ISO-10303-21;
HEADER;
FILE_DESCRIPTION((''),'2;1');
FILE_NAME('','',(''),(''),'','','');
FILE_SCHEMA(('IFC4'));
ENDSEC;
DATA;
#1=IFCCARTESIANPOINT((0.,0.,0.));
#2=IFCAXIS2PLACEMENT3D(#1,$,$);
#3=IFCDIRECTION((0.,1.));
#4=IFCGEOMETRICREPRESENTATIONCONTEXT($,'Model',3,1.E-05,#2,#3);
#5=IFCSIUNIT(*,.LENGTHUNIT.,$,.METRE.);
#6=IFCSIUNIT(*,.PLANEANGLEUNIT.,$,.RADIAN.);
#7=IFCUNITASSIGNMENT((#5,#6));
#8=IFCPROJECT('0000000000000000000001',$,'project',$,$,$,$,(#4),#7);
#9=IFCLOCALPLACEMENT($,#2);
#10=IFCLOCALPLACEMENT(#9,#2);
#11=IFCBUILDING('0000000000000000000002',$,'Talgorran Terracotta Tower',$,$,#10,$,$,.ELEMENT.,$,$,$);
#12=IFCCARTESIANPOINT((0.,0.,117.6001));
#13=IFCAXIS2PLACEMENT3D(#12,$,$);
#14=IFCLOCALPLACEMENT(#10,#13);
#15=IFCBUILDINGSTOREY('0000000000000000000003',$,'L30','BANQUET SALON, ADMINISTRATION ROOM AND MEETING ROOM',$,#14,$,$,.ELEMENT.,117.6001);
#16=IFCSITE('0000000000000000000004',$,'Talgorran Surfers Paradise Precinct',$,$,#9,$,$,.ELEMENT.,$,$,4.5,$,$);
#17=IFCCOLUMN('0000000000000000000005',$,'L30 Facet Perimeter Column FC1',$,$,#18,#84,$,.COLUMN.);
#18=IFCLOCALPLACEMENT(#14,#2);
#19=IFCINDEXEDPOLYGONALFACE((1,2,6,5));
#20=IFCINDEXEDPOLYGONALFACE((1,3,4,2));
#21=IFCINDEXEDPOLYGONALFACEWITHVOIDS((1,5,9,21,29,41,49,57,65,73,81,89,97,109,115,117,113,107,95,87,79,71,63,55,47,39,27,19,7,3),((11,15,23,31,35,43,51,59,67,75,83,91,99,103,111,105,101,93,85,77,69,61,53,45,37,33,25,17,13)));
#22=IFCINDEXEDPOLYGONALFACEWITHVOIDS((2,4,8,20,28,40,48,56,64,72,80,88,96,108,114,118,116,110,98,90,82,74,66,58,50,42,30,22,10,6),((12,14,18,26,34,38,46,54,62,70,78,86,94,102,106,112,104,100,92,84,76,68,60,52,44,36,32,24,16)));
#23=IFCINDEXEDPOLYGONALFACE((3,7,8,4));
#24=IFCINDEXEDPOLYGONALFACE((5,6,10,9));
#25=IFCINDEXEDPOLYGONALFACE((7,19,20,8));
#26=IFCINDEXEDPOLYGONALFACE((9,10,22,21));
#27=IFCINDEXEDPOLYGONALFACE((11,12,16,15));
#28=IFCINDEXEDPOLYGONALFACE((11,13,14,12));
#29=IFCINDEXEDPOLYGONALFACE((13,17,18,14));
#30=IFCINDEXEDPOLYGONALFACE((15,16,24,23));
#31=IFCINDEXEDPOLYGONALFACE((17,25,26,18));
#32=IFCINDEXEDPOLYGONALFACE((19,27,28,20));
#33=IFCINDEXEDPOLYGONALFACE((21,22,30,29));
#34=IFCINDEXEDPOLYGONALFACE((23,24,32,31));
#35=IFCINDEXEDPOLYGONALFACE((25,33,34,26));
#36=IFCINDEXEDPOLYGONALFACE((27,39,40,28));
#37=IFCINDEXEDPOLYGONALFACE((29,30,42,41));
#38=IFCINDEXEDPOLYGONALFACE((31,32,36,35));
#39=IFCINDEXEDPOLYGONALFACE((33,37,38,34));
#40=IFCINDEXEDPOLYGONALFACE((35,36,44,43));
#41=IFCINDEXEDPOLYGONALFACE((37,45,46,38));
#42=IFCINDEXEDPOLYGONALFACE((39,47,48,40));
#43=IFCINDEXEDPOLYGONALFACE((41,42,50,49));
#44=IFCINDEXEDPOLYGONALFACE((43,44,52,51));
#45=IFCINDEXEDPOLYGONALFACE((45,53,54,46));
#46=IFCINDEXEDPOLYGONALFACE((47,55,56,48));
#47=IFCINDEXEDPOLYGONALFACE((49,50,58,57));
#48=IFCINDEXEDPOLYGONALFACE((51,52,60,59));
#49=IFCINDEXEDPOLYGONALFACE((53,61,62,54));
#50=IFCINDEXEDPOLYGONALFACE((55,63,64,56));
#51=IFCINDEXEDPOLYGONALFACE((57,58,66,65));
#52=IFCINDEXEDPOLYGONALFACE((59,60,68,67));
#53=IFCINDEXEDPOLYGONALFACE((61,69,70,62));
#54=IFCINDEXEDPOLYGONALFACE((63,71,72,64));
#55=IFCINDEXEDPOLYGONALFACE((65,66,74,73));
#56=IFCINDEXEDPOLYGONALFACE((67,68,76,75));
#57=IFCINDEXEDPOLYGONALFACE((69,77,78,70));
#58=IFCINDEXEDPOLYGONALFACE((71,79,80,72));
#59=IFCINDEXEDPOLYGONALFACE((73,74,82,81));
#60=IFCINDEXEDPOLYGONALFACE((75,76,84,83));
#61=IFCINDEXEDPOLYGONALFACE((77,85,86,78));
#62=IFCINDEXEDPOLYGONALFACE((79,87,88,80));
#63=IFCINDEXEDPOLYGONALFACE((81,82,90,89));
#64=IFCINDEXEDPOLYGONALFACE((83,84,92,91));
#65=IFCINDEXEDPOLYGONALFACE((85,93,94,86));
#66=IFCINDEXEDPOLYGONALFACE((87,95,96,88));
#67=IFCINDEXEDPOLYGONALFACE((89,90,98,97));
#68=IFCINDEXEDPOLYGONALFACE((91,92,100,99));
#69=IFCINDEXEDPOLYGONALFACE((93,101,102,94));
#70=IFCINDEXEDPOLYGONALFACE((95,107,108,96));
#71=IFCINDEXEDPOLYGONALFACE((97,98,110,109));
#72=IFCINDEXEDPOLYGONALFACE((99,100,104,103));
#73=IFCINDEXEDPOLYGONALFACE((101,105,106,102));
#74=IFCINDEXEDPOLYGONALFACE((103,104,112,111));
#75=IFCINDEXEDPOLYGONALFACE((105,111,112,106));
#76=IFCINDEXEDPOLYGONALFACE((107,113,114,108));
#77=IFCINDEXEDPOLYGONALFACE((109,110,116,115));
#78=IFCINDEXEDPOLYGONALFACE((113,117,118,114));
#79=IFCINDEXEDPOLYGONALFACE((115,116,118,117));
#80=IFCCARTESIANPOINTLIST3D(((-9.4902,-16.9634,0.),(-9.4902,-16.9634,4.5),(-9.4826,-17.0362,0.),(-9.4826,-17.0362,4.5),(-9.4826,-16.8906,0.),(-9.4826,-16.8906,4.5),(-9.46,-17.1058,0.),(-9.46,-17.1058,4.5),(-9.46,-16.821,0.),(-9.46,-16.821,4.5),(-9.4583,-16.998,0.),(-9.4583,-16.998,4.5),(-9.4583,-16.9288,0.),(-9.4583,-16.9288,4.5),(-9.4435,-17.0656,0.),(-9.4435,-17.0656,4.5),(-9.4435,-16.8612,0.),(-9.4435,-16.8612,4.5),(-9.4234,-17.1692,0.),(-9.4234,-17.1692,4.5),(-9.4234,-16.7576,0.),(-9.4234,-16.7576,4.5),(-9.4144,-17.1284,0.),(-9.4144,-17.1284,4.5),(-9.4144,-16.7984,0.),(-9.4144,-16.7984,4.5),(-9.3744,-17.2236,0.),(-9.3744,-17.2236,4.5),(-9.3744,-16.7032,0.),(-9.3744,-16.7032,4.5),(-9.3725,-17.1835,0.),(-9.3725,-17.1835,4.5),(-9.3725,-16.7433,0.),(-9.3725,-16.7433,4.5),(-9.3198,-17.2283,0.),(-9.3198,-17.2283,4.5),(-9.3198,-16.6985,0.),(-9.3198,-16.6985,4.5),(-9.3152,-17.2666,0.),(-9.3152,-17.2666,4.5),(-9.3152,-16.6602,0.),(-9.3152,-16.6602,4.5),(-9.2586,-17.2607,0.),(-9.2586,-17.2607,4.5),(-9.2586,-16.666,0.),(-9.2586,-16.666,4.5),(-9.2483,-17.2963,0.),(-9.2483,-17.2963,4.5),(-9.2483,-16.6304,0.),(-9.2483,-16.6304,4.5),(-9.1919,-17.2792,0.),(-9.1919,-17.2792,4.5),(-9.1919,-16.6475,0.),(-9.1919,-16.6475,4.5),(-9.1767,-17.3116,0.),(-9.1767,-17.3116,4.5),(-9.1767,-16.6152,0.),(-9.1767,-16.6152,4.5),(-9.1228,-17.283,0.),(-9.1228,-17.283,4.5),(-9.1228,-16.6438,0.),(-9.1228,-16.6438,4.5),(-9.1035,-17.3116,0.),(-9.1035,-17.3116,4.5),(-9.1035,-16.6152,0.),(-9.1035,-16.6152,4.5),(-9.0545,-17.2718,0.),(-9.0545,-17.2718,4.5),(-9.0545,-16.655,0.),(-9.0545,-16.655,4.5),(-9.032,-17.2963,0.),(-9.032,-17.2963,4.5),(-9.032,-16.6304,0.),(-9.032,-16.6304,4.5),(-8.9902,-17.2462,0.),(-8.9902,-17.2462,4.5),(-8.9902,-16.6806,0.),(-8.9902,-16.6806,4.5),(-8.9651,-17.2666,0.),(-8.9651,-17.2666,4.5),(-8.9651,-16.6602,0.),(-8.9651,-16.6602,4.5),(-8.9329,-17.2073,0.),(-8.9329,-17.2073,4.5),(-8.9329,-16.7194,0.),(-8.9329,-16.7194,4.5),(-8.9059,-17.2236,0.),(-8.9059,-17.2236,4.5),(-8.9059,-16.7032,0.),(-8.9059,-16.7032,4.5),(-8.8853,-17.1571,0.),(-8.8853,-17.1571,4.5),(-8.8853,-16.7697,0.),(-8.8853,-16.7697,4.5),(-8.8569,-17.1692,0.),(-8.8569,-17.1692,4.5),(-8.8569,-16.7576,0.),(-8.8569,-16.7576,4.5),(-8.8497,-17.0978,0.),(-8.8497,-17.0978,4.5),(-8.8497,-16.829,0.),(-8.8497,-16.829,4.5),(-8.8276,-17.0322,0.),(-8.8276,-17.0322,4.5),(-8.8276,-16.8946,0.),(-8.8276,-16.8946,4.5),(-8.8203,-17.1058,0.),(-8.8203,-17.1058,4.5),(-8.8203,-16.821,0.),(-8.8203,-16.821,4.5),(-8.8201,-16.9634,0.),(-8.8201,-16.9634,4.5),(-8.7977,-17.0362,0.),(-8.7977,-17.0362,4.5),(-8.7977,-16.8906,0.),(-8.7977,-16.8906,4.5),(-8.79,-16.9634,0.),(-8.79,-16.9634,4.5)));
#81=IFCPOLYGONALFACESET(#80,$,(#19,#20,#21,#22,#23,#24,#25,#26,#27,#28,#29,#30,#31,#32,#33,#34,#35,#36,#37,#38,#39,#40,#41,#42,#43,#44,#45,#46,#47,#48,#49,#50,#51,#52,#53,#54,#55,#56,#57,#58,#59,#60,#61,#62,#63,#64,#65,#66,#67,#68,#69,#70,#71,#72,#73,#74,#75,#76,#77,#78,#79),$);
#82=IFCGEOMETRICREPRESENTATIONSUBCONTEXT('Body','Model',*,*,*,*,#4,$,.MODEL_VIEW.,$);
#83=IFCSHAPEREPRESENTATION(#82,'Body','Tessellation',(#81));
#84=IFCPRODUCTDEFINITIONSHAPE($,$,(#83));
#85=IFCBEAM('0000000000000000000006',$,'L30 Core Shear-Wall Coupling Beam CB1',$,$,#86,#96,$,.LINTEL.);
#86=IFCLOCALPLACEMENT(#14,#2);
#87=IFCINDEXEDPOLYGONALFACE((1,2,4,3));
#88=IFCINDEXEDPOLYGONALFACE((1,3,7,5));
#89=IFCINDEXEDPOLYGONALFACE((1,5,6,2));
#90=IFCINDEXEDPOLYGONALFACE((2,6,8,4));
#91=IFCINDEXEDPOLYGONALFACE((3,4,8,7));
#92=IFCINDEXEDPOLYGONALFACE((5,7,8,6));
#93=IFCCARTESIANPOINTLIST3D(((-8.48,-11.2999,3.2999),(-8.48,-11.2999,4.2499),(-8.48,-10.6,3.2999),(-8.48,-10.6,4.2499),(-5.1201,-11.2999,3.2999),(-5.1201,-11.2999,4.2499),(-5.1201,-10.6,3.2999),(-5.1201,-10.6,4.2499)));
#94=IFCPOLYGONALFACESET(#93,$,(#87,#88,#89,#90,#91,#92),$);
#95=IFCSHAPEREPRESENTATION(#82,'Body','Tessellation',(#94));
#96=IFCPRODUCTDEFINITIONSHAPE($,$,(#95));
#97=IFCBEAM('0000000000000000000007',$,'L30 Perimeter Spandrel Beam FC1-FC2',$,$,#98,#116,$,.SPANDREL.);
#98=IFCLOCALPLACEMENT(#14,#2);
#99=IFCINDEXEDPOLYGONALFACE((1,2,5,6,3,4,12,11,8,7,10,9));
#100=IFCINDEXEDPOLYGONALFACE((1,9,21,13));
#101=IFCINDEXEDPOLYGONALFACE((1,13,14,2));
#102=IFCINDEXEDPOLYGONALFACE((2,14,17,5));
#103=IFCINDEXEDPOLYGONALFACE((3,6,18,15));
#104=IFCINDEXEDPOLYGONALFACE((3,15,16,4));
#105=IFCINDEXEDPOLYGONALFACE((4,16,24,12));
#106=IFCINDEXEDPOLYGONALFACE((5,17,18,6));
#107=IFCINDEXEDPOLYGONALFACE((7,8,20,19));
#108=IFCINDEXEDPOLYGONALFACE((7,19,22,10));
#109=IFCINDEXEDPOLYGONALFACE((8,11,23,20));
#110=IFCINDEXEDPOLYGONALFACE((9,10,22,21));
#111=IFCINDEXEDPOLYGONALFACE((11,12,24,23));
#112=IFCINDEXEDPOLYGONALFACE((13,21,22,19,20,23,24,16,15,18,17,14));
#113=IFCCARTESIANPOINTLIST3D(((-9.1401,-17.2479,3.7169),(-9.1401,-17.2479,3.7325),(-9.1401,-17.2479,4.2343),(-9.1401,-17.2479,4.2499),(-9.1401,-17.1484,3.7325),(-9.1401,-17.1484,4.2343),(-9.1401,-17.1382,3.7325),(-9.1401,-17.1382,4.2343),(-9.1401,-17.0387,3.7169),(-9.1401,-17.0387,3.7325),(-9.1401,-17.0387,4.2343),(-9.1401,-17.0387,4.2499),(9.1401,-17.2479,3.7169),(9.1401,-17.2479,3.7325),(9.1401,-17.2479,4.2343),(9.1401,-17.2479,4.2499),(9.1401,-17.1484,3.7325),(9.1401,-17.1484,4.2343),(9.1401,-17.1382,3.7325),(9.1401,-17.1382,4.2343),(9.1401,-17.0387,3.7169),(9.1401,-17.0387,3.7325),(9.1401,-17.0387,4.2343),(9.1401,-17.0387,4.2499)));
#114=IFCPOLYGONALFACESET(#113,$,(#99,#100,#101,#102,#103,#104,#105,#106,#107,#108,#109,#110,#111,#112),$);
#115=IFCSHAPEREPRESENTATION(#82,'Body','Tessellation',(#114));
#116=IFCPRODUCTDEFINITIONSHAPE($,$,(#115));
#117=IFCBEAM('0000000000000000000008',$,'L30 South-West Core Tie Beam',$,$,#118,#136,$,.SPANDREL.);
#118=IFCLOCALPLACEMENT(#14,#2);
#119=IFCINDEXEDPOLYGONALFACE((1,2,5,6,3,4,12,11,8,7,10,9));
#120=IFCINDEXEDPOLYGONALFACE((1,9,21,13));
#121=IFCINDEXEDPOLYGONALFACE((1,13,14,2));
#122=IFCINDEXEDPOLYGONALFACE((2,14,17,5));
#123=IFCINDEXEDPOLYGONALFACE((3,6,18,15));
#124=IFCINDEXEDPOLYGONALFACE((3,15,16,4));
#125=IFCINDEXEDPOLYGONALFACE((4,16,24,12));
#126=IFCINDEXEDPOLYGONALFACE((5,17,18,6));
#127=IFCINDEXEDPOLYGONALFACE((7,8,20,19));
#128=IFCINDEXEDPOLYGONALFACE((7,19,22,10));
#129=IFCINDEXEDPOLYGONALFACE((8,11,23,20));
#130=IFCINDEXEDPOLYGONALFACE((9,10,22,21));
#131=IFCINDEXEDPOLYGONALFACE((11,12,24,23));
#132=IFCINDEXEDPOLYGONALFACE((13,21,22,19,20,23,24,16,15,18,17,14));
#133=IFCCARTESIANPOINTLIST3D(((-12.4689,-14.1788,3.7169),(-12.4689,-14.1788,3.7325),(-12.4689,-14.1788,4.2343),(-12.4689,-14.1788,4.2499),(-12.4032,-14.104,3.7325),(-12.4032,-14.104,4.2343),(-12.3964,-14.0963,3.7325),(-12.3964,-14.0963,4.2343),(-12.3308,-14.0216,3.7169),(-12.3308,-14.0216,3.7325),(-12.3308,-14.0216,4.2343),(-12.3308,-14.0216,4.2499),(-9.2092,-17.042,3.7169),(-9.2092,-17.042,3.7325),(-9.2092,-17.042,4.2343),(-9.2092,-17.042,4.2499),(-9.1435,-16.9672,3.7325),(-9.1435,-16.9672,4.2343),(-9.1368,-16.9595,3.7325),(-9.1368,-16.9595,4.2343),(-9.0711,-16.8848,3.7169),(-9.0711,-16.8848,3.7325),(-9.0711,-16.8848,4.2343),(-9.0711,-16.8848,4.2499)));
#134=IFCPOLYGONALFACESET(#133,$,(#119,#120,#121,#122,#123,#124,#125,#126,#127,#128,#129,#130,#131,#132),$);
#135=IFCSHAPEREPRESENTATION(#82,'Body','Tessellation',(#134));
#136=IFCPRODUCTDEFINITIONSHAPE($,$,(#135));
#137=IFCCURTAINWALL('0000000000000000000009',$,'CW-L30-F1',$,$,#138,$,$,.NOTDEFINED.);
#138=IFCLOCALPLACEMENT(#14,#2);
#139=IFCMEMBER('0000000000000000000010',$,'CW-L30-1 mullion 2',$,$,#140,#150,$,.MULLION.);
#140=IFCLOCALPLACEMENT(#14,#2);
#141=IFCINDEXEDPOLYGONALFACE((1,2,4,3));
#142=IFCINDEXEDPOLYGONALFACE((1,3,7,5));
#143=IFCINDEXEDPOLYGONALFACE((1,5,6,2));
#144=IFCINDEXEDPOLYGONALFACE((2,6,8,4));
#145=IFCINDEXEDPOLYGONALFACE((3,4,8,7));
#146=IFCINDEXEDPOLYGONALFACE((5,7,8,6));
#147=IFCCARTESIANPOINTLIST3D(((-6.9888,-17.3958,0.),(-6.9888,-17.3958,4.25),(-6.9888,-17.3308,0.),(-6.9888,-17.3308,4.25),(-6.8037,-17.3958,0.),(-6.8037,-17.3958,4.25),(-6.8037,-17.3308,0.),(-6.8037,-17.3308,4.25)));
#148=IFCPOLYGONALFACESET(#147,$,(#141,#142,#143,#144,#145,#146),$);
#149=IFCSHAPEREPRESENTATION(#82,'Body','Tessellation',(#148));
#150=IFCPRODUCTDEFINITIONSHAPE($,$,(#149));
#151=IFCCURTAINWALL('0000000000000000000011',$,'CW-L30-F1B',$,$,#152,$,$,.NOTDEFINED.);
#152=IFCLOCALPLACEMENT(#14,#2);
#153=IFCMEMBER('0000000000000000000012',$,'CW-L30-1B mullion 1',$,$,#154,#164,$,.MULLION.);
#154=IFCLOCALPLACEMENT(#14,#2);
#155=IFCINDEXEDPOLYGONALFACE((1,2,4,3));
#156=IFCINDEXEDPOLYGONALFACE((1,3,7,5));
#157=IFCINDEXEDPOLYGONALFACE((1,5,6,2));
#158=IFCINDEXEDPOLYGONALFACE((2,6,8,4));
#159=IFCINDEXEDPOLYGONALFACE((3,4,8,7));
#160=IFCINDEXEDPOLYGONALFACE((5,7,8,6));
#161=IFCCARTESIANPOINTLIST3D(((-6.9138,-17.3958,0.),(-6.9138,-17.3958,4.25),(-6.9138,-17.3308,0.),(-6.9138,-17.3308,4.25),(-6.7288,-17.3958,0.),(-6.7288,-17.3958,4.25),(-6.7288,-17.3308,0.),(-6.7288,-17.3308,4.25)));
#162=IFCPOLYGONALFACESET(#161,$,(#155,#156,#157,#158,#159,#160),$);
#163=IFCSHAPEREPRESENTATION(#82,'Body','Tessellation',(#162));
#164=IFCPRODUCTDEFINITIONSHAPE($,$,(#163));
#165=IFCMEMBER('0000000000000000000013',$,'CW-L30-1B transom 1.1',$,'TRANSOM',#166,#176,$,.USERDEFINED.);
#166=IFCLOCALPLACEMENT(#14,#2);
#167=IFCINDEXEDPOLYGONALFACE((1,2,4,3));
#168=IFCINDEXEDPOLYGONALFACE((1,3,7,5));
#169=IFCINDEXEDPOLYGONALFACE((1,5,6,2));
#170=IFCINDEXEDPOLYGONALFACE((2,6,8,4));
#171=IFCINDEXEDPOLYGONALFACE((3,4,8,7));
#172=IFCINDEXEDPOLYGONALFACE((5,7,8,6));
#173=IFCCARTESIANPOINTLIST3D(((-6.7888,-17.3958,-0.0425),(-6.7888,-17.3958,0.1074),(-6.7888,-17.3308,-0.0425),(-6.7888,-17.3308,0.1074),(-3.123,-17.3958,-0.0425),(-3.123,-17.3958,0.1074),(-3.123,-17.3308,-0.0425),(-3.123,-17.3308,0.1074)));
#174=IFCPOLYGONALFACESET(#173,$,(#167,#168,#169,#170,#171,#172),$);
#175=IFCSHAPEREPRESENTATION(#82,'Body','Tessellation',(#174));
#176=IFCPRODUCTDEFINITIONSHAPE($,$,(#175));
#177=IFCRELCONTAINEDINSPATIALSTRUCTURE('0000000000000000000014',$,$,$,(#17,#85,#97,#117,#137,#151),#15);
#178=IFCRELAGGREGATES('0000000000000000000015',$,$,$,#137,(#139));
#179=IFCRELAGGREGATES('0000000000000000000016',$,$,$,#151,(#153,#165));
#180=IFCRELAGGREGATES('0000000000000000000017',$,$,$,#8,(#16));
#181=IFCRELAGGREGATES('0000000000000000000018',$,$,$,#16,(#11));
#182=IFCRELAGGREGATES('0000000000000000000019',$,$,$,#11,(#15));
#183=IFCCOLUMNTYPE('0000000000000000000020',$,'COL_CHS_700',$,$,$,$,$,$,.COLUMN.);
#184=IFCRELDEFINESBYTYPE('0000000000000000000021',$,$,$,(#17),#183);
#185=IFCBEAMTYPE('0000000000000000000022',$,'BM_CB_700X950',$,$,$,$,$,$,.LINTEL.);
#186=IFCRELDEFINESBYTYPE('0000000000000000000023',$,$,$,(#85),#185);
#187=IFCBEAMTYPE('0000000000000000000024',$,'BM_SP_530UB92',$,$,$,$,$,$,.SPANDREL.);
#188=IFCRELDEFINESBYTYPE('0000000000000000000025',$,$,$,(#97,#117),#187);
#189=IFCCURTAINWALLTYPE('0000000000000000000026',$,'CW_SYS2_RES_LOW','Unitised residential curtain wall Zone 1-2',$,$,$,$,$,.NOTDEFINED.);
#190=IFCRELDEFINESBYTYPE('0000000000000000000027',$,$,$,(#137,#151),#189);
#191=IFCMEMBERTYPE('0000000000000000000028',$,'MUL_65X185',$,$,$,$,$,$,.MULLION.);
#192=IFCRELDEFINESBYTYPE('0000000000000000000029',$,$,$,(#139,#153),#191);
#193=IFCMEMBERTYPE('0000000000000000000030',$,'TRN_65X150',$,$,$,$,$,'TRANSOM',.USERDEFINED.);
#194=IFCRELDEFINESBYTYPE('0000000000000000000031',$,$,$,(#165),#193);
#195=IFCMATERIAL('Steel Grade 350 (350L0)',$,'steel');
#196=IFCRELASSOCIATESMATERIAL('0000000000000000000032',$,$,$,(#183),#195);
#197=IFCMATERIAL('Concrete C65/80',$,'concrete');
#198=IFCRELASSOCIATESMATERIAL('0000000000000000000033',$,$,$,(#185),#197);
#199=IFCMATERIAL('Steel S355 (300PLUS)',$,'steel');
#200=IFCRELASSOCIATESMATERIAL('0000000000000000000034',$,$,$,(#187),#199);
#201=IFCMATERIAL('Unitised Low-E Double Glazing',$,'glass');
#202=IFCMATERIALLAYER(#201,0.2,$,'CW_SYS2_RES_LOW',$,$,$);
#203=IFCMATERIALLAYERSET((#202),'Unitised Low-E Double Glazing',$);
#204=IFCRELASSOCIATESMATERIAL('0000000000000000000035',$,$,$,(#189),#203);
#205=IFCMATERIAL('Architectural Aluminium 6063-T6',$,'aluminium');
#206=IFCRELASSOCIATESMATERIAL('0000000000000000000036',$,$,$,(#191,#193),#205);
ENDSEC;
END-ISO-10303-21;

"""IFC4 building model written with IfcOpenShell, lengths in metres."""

from ifc_helpers import new_model, si_unit, direction, frame, origin, origin_2d, place, context, subcontext, project, spatial, rectangle, hollow_circle, i_section, extrude, material, layer, layer_set, material_profile, profile_set, type_object, element, aggregate, save


model = new_model("IFC4")

# Units and contexts
model_context = context("Model", 3, precision=1e-05, world=origin(), true_north=direction((0.0, 1.0)))
body_context = subcontext(model_context, "Body", "Model", "MODEL_VIEW")
ifc_project = project(units=[si_unit("LENGTHUNIT", "METRE"), si_unit("PLANEANGLEUNIT", "RADIAN")], contexts=[model_context])

# Site, building, storey
site_placement = place(None, origin())
site = spatial("IfcSite", under=ifc_project, at=site_placement, Name="Talgorran Surfers Paradise Precinct", CompositionType="ELEMENT", RefElevation=4.5)
building_placement = place(site_placement, origin())
building = spatial("IfcBuilding", under=site, at=building_placement, Name="Talgorran Terracotta Tower", CompositionType="ELEMENT")
storey_placement = place(building_placement, frame((0.0, 0.0, 117.6001)))
storey = spatial("IfcBuildingStorey", under=building, at=storey_placement, Name="L30", Description="BANQUET SALON, ADMINISTRATION ROOM AND MEETING ROOM", CompositionType="ELEMENT", Elevation=117.6001)

# Column
ifc_material_1 = material(Name="Steel Grade 350 (350L0)", Category="steel")
ifc_material_profile_1 = material_profile(ifc_material_1, hollow_circle(Radius=0.3501, WallThickness=0.03, at=origin_2d()), Name="CHS700X30")
ifc_profile_set_1 = profile_set([ifc_material_profile_1], Name="Steel Grade 350 (350L0)")
column_type = type_object("IfcColumnType", Name="COL_CHS_700", PredefinedType="COLUMN", material=ifc_profile_set_1)
column_placement = place(storey_placement, frame((-9.1401, -16.9634, 0.0), z_axis=(0.0, 0.0, 1.0), x_axis=(1.0, 0.0, 0.0)))
element("IfcColumn", 1, at=column_placement, inside=storey, type_object=column_type, Name="L30 Facet Perimeter Column FC1", PredefinedType="COLUMN", context=body_context, shape_type="SweptSolid", body=[
    extrude(hollow_circle(Radius=0.3501, WallThickness=0.03, at=origin_2d()), origin(), (0.0, 0.0, 1.0), 4.5),
])

# Beams
ifc_material_2 = material(Name="Concrete C65/80", Category="concrete")
ifc_material_profile_2 = material_profile(ifc_material_2, rectangle(XDim=0.7, YDim=0.95, at=origin_2d()), Name="RCCB700X950")
ifc_profile_set_2 = profile_set([ifc_material_profile_2], Name="Concrete C65/80")
beam_type_1 = type_object("IfcBeamType", Name="BM_CB_700X950", PredefinedType="LINTEL", material=ifc_profile_set_2)
beam_1_placement = place(storey_placement, frame((-8.48, -10.95, 3.7749), z_axis=(1.0, 0.0, 0.0), x_axis=(0.0, 1.0, 0.0)))
element("IfcBeam", 2, at=beam_1_placement, inside=storey, type_object=beam_type_1, Name="L30 Core Shear-Wall Coupling Beam CB1", PredefinedType="LINTEL", context=body_context, shape_type="SweptSolid", body=[
    extrude(rectangle(XDim=0.7, YDim=0.95, at=origin_2d()), origin(), (0.0, 0.0, 1.0), 3.3599),
])
ifc_material_3 = material(Name="Steel S355 (300PLUS)", Category="steel")
ifc_material_profile_3 = material_profile(ifc_material_3, i_section(OverallWidth=0.2092, OverallDepth=0.533, WebThickness=0.0103, FlangeThickness=0.0156, at=origin_2d()), Name="530UB92.4")
ifc_profile_set_3 = profile_set([ifc_material_profile_3], Name="Steel S355 (300PLUS)")
beam_type_2 = type_object("IfcBeamType", Name="BM_SP_530UB92", PredefinedType="SPANDREL", material=ifc_profile_set_3)
beam_2_placement = place(storey_placement, frame((-9.1401, -17.1433, 3.9834), z_axis=(1.0, 0.0, 0.0), x_axis=(0.0, 1.0, 0.0)))
element("IfcBeam", 3, at=beam_2_placement, inside=storey, type_object=beam_type_2, Name="L30 Perimeter Spandrel Beam FC1-FC2", PredefinedType="SPANDREL", context=body_context, shape_type="SweptSolid", body=[
    extrude(i_section(OverallWidth=0.2092, OverallDepth=0.533, WebThickness=0.0103, FlangeThickness=0.0156, at=origin_2d()), origin(), (0.0, 0.0, 1.0), 18.2803),
])
beam_3_placement = place(storey_placement, frame((-9.1401, -16.9634, 3.9834), z_axis=(-0.75132, 0.659938, 0.0), x_axis=(-0.659938, -0.75132, 0.0)))
element("IfcBeam", 4, at=beam_3_placement, inside=storey, type_object=beam_type_2, Name="L30 South-West Core Tie Beam", PredefinedType="SPANDREL", context=body_context, shape_type="SweptSolid", body=[
    extrude(i_section(OverallWidth=0.2092, OverallDepth=0.533, WebThickness=0.0103, FlangeThickness=0.0156, at=origin_2d()), origin(), (0.0, 0.0, 1.0), 4.3386),
])

# Curtain wall, member
ifc_material_4 = material(Name="Unitised Low-E Double Glazing", Category="glass")
ifc_layer_1 = layer(ifc_material_4, 0.2, Name="CW_SYS2_RES_LOW")
ifc_layer_set_1 = layer_set([ifc_layer_1], Name="Unitised Low-E Double Glazing")
curtain_wall_type = type_object("IfcCurtainWallType", Name="CW_SYS2_RES_LOW", Description="Unitised residential curtain wall Zone 1-2", PredefinedType="NOTDEFINED", material=ifc_layer_set_1)
curtain_wall_1_placement = place(storey_placement, origin())
curtain_wall_1 = element("IfcCurtainWall", 5, at=curtain_wall_1_placement, inside=storey, type_object=curtain_wall_type, Name="CW-L30-F1", PredefinedType="NOTDEFINED")
ifc_material_5 = material(Name="Architectural Aluminium 6063-T6", Category="aluminium")
ifc_material_profile_4 = material_profile(ifc_material_5, rectangle(XDim=0.0649, YDim=0.1851, at=origin_2d()), Name="CWM65X185")
ifc_profile_set_4 = profile_set([ifc_material_profile_4], Name="Architectural Aluminium 6063-T6")
member_type_1 = type_object("IfcMemberType", Name="MUL_65X185", PredefinedType="MULLION", material=ifc_profile_set_4)
member_1_placement = place(storey_placement, frame((-6.8962, -17.3633, 0.0), z_axis=(0.0, 0.0, 1.0), x_axis=(0.0, 1.0, 0.0)))
member_1 = element("IfcMember", 6, at=member_1_placement, type_object=member_type_1, Name="CW-L30-1 mullion 2", PredefinedType="MULLION", context=body_context, shape_type="SweptSolid", body=[
    extrude(rectangle(XDim=0.0649, YDim=0.1851, at=origin_2d()), origin(), (0.0, 0.0, 1.0), 4.25),
])
aggregate(curtain_wall_1, [member_1])

# Curtain wall, members
curtain_wall_2_placement = place(storey_placement, origin())
curtain_wall_2 = element("IfcCurtainWall", 7, at=curtain_wall_2_placement, inside=storey, type_object=curtain_wall_type, Name="CW-L30-F1B", PredefinedType="NOTDEFINED")
member_2_placement = place(storey_placement, frame((-6.8213, -17.3633, 0.0), z_axis=(0.0, 0.0, 1.0), x_axis=(0.0, 1.0, 0.0)))
member_2 = element("IfcMember", 8, at=member_2_placement, type_object=member_type_1, Name="CW-L30-1B mullion 1", PredefinedType="MULLION", context=body_context, shape_type="SweptSolid", body=[
    extrude(rectangle(XDim=0.0649, YDim=0.1851, at=origin_2d()), origin(), (0.0, 0.0, 1.0), 4.25),
])
ifc_material_profile_5 = material_profile(ifc_material_5, rectangle(XDim=0.0649, YDim=0.1499, at=origin_2d()), Name="CWT65X150")
ifc_profile_set_5 = profile_set([ifc_material_profile_5], Name="Architectural Aluminium 6063-T6")
member_type_2 = type_object("IfcMemberType", Name="TRN_65X150", ElementType="TRANSOM", PredefinedType="USERDEFINED", material=ifc_profile_set_5)
member_3_placement = place(storey_placement, frame((-6.7888, -17.3633, 0.0325), z_axis=(1.0, 0.0, 0.0), x_axis=(0.0, 1.0, 0.0)))
member_3 = element("IfcMember", 9, at=member_3_placement, type_object=member_type_2, Name="CW-L30-1B transom 1.1", ObjectType="TRANSOM", PredefinedType="USERDEFINED", context=body_context, shape_type="SweptSolid", body=[
    extrude(rectangle(XDim=0.0649, YDim=0.1499, at=origin_2d()), origin(), (0.0, 0.0, 1.0), 3.6658),
])
aggregate(curtain_wall_2, [member_2, member_3])

save(model, "model.ifc")
